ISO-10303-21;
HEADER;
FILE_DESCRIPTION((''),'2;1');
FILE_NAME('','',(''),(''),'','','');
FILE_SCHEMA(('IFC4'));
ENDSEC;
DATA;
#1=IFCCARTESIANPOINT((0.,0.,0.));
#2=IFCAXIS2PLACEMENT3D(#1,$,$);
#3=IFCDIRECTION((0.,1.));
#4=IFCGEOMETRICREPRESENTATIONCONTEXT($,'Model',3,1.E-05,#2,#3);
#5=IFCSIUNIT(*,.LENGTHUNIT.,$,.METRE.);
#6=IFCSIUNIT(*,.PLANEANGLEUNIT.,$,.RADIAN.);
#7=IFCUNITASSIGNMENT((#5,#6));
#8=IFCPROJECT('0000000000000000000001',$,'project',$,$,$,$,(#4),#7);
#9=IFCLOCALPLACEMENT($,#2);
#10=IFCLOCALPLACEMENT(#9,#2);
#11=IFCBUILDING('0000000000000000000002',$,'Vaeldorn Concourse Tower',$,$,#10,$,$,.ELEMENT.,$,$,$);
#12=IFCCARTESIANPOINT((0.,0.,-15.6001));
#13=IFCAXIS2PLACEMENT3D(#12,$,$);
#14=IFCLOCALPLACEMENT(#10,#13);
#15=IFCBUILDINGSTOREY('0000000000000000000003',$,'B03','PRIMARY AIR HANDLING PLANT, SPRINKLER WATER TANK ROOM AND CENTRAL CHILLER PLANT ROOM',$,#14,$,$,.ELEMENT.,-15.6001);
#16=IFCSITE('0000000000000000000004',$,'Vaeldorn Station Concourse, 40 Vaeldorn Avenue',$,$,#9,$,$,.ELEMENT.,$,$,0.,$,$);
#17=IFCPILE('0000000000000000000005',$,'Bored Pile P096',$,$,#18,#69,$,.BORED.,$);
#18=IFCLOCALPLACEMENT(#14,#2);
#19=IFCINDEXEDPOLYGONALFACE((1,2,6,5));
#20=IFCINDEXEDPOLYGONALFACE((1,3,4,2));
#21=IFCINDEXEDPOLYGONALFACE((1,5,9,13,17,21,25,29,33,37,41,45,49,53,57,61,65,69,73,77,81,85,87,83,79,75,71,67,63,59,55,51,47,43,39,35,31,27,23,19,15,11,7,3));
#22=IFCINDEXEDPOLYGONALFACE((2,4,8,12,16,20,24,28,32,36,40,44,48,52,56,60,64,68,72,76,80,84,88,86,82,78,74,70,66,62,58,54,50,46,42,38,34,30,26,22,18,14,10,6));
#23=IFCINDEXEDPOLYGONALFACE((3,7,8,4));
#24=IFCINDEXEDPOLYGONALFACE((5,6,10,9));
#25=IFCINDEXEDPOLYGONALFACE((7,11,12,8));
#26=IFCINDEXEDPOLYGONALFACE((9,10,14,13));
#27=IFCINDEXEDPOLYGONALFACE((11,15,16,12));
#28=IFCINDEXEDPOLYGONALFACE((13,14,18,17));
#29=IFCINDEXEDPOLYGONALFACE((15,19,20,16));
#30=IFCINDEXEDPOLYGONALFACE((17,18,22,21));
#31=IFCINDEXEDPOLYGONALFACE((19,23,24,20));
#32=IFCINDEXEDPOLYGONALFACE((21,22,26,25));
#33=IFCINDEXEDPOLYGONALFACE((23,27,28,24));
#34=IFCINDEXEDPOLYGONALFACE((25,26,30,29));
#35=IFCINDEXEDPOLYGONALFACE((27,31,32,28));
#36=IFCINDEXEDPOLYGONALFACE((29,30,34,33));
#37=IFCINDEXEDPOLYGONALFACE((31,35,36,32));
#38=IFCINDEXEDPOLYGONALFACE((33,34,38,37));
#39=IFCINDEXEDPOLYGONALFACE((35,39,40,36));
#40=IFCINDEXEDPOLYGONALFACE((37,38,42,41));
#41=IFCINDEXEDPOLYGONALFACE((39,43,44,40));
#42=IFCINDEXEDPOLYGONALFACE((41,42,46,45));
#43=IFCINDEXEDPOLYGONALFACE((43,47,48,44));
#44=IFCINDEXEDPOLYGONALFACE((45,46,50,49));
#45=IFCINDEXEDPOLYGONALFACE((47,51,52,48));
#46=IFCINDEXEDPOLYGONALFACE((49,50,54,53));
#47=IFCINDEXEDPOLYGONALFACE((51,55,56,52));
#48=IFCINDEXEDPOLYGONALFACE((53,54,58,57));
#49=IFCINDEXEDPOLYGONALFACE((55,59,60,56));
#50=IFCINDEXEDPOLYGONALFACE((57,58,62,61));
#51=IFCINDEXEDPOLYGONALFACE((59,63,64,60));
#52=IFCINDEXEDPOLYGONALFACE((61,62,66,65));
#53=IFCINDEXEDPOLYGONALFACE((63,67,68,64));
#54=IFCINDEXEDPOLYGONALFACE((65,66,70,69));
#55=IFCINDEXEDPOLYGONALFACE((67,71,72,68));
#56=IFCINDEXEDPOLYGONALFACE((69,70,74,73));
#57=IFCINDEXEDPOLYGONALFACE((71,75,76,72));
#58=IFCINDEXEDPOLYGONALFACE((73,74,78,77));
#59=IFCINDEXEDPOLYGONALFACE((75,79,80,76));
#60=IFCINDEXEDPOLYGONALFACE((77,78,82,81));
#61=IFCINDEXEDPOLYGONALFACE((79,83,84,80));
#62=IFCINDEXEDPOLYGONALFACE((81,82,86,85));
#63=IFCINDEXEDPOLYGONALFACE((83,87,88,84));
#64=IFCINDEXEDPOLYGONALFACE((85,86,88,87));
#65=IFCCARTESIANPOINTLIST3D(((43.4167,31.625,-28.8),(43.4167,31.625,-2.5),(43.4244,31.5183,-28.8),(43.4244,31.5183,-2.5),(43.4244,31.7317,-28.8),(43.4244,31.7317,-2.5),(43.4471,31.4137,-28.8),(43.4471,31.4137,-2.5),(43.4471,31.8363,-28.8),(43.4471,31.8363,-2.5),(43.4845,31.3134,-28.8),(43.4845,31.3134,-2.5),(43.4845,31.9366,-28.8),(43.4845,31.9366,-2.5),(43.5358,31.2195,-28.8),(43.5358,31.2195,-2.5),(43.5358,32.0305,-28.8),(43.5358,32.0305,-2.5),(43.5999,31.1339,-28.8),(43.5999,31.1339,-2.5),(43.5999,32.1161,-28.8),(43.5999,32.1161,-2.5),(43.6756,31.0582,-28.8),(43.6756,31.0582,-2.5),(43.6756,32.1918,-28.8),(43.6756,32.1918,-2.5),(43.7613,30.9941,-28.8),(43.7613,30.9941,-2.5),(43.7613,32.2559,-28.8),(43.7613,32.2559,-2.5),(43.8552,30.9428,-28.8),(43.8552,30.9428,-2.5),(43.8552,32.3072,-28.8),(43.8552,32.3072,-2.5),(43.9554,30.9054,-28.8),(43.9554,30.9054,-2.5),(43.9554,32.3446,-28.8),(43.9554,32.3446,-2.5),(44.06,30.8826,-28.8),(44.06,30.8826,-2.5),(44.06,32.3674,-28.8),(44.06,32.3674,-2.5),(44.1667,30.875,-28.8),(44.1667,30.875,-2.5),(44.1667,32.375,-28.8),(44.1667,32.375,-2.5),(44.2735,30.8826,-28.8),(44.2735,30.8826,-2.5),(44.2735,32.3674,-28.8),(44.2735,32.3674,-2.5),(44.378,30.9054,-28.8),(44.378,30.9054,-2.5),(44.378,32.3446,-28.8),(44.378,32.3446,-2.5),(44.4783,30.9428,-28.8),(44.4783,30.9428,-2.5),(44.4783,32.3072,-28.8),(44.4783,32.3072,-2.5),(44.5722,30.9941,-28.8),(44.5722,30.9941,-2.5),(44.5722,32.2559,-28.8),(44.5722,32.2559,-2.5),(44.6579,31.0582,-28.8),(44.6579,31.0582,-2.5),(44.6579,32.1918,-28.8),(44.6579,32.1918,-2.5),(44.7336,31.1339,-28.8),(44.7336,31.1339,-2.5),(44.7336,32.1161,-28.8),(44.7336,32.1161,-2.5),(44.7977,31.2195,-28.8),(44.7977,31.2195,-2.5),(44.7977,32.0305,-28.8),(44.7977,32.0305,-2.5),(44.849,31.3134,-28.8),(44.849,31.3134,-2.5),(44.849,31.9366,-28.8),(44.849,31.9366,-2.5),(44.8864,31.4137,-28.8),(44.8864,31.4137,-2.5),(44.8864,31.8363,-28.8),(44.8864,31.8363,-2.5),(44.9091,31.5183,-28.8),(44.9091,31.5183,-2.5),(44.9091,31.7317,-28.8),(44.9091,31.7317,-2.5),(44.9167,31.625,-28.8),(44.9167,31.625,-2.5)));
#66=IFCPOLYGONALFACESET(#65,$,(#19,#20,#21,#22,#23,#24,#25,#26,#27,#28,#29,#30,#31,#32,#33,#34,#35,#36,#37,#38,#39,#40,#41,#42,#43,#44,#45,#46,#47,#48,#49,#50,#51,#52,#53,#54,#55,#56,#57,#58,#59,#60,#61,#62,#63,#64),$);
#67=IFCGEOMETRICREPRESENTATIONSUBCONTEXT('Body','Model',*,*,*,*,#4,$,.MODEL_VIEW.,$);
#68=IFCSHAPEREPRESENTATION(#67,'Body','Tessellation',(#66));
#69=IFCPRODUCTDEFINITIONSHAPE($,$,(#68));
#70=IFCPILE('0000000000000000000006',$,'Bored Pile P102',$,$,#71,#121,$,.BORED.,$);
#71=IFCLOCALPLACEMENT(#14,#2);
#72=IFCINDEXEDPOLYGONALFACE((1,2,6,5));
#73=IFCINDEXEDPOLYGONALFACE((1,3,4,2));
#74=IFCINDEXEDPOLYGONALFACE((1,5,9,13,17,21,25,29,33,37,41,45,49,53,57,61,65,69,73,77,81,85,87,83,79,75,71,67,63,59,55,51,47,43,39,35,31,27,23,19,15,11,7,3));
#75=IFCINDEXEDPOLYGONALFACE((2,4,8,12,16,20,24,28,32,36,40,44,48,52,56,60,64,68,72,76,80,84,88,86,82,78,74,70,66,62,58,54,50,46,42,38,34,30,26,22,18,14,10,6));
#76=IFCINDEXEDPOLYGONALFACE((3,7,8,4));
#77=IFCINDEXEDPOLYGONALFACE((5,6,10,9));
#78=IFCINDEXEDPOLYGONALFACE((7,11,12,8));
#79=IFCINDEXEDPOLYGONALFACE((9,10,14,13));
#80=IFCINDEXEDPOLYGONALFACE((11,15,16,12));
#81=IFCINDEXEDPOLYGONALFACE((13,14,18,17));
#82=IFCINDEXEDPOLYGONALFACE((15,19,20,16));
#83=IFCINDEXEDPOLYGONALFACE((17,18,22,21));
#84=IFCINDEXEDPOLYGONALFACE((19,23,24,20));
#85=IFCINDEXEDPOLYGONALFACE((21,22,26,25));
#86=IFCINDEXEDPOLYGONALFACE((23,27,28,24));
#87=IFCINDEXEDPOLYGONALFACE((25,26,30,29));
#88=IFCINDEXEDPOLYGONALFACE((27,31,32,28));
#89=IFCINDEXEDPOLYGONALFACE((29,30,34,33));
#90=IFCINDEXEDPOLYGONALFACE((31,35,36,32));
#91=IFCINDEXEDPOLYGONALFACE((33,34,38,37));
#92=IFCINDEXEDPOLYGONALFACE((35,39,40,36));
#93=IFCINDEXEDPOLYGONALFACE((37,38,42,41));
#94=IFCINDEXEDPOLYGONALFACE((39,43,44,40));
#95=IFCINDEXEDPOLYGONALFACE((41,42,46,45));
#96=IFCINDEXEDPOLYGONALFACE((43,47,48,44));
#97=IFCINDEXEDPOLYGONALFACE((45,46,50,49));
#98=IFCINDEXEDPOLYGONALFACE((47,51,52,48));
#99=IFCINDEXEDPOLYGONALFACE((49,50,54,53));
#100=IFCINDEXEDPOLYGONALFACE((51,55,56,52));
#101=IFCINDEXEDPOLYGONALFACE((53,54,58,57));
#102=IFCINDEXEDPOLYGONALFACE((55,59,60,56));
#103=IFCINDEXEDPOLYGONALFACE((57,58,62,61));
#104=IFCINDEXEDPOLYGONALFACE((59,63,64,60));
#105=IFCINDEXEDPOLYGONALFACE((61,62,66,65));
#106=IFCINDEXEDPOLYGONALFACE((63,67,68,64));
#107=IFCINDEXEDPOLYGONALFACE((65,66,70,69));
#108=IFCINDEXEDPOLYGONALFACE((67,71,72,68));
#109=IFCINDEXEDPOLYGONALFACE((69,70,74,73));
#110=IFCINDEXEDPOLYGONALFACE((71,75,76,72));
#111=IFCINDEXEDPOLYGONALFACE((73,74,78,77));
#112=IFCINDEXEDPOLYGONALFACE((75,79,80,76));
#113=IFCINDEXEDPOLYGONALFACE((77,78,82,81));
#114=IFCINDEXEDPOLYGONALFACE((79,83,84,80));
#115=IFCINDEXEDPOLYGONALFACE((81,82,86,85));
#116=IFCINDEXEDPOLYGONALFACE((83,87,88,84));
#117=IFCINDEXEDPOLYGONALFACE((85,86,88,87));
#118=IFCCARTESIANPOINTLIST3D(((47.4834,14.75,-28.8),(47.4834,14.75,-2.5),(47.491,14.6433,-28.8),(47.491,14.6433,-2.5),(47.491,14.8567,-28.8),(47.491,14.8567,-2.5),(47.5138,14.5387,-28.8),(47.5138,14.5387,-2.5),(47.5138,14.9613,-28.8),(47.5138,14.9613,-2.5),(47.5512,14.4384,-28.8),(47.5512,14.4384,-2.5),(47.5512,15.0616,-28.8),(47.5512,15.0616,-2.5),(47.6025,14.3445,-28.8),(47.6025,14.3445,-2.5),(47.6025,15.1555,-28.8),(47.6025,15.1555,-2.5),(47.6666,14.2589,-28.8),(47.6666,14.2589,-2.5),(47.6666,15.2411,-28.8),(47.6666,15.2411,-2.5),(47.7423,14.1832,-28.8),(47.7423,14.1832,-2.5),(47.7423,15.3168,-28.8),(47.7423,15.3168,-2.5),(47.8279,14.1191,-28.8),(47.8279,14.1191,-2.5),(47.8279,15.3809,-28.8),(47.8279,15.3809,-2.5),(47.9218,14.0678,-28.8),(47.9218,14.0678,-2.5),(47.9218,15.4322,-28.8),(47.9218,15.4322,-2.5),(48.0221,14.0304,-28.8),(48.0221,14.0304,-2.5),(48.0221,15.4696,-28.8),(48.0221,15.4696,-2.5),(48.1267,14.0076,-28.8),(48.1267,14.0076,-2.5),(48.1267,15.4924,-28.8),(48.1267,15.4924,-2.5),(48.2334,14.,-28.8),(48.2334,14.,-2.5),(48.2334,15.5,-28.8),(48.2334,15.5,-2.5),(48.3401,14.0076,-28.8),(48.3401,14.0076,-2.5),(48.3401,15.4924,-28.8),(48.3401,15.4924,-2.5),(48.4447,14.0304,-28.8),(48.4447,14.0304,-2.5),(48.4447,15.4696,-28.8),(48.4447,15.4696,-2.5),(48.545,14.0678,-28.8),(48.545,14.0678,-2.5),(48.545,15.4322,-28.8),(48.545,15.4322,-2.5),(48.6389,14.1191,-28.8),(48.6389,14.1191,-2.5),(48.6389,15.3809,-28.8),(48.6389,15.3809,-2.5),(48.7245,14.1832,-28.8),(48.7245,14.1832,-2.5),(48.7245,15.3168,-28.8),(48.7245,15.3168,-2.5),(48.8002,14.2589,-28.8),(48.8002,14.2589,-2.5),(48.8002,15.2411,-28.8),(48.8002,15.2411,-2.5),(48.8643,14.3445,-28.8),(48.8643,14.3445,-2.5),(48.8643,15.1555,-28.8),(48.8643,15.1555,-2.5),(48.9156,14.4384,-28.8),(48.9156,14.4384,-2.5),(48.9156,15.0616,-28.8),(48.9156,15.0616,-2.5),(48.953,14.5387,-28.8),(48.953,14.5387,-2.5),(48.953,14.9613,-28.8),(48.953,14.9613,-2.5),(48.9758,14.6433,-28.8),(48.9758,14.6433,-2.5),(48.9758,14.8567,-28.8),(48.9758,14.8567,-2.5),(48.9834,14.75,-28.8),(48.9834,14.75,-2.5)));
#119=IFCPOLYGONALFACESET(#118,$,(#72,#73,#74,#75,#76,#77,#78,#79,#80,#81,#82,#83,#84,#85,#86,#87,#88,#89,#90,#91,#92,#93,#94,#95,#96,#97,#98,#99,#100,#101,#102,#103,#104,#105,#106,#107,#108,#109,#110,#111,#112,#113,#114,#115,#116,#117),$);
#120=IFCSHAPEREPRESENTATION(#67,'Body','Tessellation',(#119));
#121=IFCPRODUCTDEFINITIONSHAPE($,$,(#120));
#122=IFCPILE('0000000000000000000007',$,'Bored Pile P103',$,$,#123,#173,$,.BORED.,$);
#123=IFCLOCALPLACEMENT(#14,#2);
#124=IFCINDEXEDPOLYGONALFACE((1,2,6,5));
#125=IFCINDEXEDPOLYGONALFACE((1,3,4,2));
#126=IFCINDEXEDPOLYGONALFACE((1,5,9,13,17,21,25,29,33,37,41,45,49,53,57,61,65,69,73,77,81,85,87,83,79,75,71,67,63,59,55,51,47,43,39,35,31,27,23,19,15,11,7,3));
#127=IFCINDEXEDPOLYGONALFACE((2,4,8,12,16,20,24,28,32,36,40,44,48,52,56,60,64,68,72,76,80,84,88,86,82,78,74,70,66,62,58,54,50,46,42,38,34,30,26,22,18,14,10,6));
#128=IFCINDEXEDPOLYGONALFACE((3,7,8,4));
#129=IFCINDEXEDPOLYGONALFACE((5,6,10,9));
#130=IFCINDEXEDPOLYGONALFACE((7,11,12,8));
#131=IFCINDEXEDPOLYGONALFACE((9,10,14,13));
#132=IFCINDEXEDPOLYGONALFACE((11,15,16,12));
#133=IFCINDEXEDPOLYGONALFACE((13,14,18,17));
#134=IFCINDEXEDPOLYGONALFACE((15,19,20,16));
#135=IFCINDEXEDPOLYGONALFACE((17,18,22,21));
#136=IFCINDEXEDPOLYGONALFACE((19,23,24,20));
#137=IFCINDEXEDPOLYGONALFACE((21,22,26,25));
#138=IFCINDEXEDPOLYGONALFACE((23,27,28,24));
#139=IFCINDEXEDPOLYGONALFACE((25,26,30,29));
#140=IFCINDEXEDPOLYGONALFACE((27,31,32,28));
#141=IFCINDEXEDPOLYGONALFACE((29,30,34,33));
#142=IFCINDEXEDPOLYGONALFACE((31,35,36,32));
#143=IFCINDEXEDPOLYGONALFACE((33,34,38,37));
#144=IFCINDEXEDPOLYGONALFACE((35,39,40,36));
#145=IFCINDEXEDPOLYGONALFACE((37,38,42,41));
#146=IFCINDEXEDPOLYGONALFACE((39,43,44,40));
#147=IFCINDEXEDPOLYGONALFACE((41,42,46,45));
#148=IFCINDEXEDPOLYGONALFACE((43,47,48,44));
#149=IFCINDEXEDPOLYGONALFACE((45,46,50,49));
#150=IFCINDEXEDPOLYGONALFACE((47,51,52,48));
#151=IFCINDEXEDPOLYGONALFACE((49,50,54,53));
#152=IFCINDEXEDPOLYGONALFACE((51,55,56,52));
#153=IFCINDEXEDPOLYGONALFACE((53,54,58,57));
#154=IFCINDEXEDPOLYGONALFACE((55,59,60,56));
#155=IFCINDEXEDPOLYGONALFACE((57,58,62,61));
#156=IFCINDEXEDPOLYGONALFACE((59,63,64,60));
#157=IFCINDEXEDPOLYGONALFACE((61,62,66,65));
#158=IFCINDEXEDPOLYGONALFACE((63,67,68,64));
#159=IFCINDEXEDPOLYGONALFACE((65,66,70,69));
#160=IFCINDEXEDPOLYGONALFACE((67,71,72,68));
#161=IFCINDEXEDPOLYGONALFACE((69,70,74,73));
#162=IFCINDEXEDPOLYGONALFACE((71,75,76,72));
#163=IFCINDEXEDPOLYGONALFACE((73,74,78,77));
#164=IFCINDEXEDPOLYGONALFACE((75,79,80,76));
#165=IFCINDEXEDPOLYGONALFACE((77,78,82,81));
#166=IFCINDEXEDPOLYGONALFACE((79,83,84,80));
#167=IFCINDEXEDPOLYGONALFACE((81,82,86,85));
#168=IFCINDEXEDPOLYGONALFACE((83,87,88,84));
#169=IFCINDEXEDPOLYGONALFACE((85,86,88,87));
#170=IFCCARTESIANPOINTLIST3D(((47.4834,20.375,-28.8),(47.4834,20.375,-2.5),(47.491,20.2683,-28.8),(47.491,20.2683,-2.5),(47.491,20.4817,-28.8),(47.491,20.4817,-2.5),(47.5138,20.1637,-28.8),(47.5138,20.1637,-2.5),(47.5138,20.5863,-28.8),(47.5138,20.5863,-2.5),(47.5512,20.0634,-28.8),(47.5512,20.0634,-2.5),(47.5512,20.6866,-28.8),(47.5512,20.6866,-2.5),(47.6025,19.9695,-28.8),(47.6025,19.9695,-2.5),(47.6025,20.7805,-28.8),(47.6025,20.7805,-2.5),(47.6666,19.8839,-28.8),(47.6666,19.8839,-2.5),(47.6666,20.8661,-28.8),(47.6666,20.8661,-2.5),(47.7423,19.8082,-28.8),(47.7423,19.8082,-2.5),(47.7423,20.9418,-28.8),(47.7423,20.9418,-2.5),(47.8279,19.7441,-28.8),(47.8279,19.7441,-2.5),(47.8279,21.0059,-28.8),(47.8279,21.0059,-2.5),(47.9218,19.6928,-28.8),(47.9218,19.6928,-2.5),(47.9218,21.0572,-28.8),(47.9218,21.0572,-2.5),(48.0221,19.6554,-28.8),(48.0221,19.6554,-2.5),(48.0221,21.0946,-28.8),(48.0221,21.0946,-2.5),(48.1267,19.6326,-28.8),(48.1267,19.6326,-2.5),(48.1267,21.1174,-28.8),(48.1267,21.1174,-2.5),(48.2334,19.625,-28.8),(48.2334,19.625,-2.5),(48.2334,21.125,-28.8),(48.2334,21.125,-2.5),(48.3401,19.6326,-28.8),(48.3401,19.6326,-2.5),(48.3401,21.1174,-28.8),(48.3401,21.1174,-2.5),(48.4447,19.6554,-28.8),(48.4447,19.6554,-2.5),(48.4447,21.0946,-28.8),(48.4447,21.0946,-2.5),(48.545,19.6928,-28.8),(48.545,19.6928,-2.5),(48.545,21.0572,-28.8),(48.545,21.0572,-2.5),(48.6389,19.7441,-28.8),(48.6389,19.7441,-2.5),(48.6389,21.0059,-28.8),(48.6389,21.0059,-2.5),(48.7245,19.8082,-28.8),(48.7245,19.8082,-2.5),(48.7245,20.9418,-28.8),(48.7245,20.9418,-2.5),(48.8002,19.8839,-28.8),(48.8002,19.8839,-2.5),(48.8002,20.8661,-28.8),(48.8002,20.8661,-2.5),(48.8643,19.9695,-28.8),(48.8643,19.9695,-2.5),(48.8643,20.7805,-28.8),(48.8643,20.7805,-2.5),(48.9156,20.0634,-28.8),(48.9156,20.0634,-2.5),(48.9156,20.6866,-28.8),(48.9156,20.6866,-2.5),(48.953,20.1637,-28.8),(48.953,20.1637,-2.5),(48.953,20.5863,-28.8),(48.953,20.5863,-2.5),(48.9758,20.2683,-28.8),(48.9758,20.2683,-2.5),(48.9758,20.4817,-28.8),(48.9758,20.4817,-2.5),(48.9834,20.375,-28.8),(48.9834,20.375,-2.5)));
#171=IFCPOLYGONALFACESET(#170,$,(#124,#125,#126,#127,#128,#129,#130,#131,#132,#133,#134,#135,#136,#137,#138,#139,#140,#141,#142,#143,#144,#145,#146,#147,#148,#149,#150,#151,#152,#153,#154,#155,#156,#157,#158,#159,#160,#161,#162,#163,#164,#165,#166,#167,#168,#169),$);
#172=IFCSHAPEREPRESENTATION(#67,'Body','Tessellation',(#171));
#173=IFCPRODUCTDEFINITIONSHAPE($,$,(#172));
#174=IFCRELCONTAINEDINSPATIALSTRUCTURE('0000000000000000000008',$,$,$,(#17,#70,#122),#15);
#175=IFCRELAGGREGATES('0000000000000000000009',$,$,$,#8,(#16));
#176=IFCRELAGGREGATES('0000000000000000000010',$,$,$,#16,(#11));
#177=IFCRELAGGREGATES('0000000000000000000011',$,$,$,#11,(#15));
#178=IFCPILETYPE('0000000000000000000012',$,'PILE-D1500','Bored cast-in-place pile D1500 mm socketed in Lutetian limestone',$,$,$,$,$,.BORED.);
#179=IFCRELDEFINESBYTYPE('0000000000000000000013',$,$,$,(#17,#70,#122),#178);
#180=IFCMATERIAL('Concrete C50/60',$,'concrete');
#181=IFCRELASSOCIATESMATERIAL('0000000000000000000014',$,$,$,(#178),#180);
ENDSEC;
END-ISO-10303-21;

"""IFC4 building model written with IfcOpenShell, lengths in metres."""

from ifc_helpers import new_model, si_unit, direction, frame, origin, origin_2d, place, context, subcontext, project, spatial, circle, extrude, material, material_profile, profile_set, type_object, element, save


model = new_model("IFC4")

# Units and contexts
model_context = context("Model", 3, precision=1e-05, world=origin(), true_north=direction((0.0, 1.0)))
body_context = subcontext(model_context, "Body", "Model", "MODEL_VIEW")
ifc_project = project(units=[si_unit("LENGTHUNIT", "METRE"), si_unit("PLANEANGLEUNIT", "RADIAN")], contexts=[model_context])

# Site, building, storey
site_placement = place(None, origin())
site = spatial("IfcSite", under=ifc_project, at=site_placement, Name="Vaeldorn Station Concourse, 40 Vaeldorn Avenue", CompositionType="ELEMENT", RefElevation=0.0)
building_placement = place(site_placement, origin())
building = spatial("IfcBuilding", under=site, at=building_placement, Name="Vaeldorn Concourse Tower", CompositionType="ELEMENT")
storey_placement = place(building_placement, frame((0.0, 0.0, -15.6001)))
storey = spatial("IfcBuildingStorey", under=building, at=storey_placement, Name="B03", Description="PRIMARY AIR HANDLING PLANT, SPRINKLER WATER TANK ROOM AND CENTRAL CHILLER PLANT ROOM", CompositionType="ELEMENT", Elevation=-15.6001)

# Piles
ifc_material_1 = material(Name="Concrete C50/60", Category="concrete")
ifc_material_profile_1 = material_profile(ifc_material_1, circle(Radius=0.75, at=origin_2d()), Name="BORED PILE D1500")
ifc_profile_set_1 = profile_set([ifc_material_profile_1], Name="Concrete C50/60")
pile_type = type_object("IfcPileType", Name="PILE-D1500", Description="Bored cast-in-place pile D1500 mm socketed in Lutetian limestone", PredefinedType="BORED", material=ifc_profile_set_1)
for number, where, z_axis, x_axis, name in (
    (1, (44.1667, 31.625, -2.5), (0.0, 0.0, -1.0), (1.0, 0.0, 0.0), "Bored Pile P096"),
    (2, (48.2334, 14.75, -2.5), (0.0, 0.0, -1.0), (1.0, 0.0, 0.0), "Bored Pile P102"),
    (3, (48.2334, 20.375, -2.5), (0.0, 0.0, -1.0), (1.0, 0.0, 0.0), "Bored Pile P103"),
):
    element("IfcPile", number, at=place(storey_placement, frame(where, z_axis=z_axis, x_axis=x_axis)), inside=storey, type_object=pile_type, Name=name, PredefinedType="BORED", context=body_context, shape_type="SweptSolid", body=[
        extrude(circle(Radius=0.75, at=origin_2d()), origin(), (0.0, 0.0, 1.0), 26.3),
    ])

save(model, "model.ifc")
